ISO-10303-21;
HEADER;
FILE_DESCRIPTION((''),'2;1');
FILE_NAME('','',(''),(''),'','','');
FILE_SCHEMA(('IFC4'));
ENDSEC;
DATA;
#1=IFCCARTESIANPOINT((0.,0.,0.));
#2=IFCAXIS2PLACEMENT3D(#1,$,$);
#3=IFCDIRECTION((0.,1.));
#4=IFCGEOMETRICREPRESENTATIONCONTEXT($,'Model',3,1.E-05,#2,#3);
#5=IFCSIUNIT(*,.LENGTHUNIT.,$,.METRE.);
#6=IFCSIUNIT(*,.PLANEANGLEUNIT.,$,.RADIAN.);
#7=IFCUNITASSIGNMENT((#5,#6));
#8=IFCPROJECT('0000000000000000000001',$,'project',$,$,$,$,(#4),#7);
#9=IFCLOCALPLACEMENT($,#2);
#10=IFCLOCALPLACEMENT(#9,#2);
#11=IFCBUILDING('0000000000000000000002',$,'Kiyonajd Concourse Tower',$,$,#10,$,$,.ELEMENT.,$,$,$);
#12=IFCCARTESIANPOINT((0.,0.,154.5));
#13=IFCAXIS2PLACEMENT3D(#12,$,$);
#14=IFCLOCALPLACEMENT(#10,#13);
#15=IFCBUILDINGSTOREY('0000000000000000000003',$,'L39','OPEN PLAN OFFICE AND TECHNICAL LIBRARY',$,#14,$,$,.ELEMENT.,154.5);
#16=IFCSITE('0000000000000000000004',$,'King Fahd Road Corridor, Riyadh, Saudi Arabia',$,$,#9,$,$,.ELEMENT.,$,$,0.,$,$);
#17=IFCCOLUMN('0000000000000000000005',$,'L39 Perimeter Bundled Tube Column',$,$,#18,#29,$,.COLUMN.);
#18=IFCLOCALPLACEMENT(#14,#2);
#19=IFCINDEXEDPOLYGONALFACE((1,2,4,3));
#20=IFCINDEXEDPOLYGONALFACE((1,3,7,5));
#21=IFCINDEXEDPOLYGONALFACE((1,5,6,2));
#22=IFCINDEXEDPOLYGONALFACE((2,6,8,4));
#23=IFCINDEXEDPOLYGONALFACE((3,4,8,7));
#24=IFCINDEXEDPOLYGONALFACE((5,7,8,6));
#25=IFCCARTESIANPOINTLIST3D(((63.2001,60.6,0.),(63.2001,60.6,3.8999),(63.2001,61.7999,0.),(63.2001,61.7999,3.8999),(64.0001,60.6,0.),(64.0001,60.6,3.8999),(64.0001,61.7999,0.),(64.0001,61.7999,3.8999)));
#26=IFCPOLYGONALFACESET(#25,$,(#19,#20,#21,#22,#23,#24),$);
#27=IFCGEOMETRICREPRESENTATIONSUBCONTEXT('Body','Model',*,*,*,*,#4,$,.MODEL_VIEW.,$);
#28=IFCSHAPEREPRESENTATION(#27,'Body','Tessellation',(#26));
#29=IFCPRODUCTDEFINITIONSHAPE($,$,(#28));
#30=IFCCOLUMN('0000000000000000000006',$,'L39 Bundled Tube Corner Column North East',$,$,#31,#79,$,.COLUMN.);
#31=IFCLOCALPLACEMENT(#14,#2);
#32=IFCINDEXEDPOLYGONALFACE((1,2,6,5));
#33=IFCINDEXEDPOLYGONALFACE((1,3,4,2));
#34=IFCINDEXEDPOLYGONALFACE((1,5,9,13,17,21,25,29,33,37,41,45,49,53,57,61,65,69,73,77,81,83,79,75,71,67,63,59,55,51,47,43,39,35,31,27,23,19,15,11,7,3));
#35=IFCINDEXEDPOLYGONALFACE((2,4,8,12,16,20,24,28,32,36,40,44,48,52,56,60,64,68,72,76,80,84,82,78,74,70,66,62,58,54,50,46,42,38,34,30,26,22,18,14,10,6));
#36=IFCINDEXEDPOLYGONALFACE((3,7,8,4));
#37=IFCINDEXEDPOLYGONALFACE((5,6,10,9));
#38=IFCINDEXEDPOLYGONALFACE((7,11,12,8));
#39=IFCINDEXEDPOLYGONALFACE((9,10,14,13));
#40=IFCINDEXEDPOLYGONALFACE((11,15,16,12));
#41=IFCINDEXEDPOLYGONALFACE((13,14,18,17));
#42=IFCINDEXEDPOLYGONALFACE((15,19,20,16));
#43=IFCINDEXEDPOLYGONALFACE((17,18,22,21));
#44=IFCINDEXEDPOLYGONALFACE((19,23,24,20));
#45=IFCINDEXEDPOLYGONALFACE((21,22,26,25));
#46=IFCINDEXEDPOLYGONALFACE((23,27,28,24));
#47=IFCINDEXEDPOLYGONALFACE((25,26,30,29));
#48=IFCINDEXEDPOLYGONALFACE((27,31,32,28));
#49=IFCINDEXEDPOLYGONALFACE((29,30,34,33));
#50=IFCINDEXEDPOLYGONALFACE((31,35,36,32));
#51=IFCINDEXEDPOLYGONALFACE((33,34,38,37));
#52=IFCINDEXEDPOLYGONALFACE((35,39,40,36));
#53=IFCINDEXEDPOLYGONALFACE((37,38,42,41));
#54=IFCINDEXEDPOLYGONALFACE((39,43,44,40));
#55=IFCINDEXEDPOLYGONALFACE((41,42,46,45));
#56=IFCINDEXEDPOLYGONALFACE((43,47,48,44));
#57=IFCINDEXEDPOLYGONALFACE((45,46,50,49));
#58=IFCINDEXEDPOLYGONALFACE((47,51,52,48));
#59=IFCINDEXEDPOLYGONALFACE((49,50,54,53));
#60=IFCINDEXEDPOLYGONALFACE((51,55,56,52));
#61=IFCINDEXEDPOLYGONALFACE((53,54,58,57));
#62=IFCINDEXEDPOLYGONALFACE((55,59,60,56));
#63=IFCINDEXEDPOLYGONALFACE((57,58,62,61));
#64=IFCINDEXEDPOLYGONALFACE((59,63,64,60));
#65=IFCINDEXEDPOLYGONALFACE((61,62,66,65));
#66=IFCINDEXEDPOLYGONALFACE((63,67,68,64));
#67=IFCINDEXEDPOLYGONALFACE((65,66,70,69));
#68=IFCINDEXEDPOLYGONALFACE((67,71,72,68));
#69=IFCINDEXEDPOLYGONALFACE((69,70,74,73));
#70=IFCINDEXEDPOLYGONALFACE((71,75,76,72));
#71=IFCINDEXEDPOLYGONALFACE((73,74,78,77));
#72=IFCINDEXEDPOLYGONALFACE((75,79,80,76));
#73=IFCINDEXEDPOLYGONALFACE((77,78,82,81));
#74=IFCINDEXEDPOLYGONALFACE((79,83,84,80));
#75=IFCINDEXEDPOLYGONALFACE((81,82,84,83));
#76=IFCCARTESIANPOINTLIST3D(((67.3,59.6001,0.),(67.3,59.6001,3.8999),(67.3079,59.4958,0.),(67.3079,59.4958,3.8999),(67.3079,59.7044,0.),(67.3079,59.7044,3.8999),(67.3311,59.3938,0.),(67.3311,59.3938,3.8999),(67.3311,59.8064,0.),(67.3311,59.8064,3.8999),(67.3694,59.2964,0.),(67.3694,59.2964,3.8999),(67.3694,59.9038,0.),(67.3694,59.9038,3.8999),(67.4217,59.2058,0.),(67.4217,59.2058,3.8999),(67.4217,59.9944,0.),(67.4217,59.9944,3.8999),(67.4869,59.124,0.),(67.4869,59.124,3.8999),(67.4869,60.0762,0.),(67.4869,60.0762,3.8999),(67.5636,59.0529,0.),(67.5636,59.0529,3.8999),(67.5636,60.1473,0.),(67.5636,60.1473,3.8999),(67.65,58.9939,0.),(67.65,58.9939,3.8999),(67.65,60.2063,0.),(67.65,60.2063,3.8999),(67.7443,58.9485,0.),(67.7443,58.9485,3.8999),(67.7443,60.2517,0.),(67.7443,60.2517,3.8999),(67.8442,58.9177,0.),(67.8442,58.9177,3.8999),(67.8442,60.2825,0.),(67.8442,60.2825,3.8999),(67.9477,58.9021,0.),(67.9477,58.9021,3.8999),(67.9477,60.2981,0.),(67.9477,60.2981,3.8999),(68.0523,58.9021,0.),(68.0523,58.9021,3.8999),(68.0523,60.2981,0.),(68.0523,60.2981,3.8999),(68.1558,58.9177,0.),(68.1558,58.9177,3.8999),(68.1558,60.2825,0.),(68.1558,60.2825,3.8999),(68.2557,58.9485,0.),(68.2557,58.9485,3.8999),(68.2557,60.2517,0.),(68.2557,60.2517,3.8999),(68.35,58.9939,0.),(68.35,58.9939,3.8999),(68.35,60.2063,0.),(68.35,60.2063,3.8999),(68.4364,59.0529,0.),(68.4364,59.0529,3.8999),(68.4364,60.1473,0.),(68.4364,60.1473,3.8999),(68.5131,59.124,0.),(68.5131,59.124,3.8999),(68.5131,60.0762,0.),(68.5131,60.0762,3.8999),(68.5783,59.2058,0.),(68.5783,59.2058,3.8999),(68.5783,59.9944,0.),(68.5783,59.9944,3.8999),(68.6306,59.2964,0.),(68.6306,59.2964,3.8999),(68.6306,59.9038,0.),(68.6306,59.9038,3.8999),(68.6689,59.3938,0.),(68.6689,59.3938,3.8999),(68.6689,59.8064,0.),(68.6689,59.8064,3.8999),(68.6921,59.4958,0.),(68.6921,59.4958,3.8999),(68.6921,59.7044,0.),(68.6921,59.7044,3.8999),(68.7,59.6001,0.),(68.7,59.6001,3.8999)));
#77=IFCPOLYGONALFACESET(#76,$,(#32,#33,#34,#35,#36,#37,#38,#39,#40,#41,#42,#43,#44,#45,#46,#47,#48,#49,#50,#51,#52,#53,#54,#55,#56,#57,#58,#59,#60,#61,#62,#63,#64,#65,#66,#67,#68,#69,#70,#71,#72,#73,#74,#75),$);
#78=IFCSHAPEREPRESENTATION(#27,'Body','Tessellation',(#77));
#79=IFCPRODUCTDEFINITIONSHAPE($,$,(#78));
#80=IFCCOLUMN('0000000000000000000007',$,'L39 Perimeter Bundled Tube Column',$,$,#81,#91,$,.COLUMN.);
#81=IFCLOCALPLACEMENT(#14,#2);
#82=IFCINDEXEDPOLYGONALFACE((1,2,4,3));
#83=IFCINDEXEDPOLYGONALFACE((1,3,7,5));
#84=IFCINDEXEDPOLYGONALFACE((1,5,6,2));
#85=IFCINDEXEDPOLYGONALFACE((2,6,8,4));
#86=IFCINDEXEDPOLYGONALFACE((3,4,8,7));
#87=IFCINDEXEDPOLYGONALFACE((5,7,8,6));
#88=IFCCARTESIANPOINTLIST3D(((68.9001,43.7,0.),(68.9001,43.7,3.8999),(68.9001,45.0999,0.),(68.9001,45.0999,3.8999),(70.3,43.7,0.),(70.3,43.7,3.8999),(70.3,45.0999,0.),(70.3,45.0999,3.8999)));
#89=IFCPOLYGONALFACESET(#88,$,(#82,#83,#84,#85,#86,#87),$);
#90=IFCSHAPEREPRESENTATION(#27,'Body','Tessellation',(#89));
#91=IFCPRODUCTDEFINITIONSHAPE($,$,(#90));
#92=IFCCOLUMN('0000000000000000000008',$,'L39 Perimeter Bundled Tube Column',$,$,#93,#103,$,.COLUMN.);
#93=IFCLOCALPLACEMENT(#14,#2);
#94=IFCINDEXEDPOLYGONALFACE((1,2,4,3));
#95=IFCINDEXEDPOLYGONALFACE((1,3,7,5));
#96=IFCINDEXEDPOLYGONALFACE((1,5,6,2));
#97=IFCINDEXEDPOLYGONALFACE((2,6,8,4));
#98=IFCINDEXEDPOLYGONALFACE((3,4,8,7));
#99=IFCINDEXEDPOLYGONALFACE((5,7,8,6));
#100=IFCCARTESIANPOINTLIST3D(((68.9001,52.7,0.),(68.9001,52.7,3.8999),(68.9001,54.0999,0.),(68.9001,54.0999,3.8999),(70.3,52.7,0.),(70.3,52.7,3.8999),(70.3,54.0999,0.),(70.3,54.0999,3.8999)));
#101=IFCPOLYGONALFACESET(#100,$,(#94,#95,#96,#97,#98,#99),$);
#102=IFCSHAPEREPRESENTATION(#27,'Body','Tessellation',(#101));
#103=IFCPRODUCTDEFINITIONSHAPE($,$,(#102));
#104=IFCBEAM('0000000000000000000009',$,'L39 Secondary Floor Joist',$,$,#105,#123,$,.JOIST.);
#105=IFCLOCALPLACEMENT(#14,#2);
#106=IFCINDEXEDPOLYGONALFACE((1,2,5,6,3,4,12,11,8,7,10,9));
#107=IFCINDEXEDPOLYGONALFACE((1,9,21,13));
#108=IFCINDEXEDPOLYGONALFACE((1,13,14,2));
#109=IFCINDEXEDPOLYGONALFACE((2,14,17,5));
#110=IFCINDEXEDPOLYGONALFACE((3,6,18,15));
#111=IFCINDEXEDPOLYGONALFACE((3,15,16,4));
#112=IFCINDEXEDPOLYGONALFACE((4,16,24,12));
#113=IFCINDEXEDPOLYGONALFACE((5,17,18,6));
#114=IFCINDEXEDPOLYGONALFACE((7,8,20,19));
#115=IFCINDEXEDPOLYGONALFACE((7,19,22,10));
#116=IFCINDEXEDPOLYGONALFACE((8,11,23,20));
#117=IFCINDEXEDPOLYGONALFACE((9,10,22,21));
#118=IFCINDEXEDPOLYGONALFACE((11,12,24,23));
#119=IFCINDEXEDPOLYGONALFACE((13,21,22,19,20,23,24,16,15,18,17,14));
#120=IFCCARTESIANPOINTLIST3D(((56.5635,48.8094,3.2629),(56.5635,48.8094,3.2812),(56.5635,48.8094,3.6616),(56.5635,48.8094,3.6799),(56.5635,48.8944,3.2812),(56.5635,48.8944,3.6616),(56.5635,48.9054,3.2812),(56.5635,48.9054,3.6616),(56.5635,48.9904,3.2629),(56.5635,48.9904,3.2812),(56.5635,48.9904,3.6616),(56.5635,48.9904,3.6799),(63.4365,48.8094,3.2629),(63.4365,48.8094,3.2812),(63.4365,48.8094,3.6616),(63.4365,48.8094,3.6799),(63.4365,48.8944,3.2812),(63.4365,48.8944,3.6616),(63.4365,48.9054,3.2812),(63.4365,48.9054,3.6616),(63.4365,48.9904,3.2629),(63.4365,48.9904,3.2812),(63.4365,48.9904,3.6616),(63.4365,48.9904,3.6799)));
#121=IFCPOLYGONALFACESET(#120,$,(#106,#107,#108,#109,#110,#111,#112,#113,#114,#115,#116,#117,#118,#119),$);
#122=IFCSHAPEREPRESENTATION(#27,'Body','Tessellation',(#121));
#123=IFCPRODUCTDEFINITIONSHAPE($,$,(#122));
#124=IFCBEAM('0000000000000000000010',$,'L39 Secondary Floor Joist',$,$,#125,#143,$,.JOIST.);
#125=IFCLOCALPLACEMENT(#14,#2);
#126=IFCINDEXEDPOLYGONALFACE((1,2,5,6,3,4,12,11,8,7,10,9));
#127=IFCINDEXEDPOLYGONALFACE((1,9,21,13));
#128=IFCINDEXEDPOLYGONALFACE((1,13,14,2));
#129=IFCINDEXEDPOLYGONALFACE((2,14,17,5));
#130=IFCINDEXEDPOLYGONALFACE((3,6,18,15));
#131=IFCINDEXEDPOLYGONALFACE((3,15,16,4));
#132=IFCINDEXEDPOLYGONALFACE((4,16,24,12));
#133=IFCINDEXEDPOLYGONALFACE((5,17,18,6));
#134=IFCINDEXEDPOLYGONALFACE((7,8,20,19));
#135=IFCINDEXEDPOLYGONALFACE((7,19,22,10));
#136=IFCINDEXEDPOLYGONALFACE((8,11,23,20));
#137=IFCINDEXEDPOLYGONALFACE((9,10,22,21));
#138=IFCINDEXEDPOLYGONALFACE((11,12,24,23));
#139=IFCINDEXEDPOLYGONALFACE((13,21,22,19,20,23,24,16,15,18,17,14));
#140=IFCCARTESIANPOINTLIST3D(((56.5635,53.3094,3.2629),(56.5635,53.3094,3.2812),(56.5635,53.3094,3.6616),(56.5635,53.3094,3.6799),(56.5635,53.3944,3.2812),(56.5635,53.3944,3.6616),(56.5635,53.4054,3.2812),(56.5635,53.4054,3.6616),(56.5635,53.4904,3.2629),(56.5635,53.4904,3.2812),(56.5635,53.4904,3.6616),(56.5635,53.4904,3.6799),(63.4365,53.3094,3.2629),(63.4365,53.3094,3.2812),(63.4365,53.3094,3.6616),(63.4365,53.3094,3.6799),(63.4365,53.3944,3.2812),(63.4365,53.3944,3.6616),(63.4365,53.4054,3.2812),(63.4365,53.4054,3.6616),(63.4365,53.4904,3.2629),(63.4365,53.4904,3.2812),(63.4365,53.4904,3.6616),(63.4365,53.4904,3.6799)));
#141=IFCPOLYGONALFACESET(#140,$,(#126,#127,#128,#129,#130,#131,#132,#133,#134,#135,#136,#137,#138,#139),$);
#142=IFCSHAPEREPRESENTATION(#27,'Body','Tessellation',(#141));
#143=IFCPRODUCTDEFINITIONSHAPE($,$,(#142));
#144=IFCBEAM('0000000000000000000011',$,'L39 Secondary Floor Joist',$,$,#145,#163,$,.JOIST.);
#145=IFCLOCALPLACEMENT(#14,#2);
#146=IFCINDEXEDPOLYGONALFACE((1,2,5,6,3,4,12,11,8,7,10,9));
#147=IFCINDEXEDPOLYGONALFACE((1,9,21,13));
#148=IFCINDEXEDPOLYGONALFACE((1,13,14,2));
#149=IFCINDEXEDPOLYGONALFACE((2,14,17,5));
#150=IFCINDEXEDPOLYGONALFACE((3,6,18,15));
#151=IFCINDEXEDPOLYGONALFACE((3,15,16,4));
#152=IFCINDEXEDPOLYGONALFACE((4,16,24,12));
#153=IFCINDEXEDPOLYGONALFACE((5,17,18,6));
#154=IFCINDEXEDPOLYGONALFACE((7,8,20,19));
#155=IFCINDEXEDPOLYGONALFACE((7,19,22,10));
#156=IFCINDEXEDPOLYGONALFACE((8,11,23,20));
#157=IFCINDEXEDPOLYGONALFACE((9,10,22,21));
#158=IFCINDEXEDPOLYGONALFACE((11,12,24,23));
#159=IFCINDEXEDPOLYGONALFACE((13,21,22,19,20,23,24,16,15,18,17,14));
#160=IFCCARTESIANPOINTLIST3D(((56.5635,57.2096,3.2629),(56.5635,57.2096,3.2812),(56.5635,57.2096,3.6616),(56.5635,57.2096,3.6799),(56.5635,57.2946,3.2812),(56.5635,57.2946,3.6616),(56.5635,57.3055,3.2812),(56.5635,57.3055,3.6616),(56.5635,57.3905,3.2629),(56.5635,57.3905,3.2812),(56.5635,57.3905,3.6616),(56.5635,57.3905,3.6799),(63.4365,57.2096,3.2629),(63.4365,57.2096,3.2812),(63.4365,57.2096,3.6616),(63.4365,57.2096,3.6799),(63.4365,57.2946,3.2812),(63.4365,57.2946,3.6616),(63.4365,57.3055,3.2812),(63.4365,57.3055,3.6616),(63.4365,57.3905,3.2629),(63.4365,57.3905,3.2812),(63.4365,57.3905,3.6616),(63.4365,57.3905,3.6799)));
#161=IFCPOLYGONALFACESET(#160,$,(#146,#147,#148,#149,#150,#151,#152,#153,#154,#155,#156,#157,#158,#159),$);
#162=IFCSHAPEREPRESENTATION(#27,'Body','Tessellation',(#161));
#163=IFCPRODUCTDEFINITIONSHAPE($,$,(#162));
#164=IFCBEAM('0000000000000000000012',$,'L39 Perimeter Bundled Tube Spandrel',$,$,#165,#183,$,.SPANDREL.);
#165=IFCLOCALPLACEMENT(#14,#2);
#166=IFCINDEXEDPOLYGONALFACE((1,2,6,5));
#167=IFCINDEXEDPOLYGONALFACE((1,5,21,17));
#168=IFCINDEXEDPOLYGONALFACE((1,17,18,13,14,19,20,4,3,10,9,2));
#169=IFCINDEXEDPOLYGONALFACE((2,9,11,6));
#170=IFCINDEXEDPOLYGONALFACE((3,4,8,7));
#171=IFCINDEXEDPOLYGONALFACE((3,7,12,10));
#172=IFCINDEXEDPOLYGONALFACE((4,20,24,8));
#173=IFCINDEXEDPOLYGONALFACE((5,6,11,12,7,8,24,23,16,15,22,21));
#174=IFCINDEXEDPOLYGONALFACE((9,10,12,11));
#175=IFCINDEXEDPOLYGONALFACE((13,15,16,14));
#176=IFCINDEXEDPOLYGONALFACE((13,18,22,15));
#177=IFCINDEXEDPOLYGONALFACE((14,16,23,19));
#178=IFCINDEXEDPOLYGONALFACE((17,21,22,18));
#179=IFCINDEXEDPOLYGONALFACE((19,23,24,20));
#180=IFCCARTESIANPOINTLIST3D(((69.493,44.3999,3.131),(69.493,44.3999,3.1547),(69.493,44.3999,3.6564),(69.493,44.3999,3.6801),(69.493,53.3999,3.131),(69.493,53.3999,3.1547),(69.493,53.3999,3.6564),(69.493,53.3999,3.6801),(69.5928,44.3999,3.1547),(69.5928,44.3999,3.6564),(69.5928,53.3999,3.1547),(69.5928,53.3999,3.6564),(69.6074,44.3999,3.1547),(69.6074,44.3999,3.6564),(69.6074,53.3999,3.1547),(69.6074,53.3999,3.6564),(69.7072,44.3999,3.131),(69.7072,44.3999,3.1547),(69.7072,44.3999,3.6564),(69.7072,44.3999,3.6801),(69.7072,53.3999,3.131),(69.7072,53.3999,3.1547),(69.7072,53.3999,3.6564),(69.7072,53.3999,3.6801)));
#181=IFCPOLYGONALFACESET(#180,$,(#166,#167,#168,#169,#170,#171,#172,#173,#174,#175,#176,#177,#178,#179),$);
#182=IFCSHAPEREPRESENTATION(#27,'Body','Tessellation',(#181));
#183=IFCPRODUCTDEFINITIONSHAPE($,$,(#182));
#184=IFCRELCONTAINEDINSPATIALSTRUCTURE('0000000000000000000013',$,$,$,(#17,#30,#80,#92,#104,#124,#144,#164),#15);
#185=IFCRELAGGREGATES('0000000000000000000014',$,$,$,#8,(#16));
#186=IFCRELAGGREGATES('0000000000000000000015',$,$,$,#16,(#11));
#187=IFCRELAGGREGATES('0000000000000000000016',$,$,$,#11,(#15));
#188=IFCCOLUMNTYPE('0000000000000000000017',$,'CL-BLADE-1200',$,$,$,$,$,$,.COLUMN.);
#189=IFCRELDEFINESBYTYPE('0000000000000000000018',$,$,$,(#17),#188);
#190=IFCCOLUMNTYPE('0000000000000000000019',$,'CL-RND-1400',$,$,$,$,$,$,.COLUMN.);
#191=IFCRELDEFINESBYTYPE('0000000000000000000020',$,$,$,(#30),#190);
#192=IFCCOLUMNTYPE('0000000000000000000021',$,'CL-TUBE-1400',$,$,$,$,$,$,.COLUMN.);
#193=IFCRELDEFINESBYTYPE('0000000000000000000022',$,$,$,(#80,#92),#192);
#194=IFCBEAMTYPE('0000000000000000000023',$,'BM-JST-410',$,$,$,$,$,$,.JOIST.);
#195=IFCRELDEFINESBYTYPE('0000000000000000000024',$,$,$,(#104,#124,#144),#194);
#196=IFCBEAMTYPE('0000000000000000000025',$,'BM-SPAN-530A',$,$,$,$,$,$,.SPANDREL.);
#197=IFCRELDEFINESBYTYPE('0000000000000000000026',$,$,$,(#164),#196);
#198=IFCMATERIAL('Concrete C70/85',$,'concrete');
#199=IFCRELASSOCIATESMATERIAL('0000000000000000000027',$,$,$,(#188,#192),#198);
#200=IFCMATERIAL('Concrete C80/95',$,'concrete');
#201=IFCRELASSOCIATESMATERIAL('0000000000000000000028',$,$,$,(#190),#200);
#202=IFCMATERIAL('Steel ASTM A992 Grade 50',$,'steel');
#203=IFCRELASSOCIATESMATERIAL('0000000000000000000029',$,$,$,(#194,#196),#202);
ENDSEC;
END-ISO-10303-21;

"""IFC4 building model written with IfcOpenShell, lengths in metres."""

from ifc_helpers import new_model, si_unit, direction, frame, origin, origin_2d, place, context, subcontext, project, spatial, rectangle, circle, i_section, extrude, material, material_profile, profile_set, type_object, element, save


model = new_model("IFC4")

# Units and contexts
model_context = context("Model", 3, precision=1e-05, world=origin(), true_north=direction((0.0, 1.0)))
body_context = subcontext(model_context, "Body", "Model", "MODEL_VIEW")
ifc_project = project(units=[si_unit("LENGTHUNIT", "METRE"), si_unit("PLANEANGLEUNIT", "RADIAN")], contexts=[model_context])

# Site, building, storey
site_placement = place(None, origin())
site = spatial("IfcSite", under=ifc_project, at=site_placement, Name="King Fahd Road Corridor, Riyadh, Saudi Arabia", CompositionType="ELEMENT", RefElevation=0.0)
building_placement = place(site_placement, origin())
building = spatial("IfcBuilding", under=site, at=building_placement, Name="Kiyonajd Concourse Tower", CompositionType="ELEMENT")
storey_placement = place(building_placement, frame((0.0, 0.0, 154.5)))
storey = spatial("IfcBuildingStorey", under=building, at=storey_placement, Name="L39", Description="OPEN PLAN OFFICE AND TECHNICAL LIBRARY", CompositionType="ELEMENT", Elevation=154.5)

# Columns
ifc_material_1 = material(Name="Concrete C70/85", Category="concrete")
ifc_material_profile_1 = material_profile(ifc_material_1, rectangle(XDim=0.8, YDim=1.2, at=origin_2d()), Name="RC-1200x800")
ifc_profile_set_1 = profile_set([ifc_material_profile_1], Name="Concrete C70/85")
column_type_1 = type_object("IfcColumnType", Name="CL-BLADE-1200", PredefinedType="COLUMN", material=ifc_profile_set_1)
column_1_placement = place(storey_placement, frame((63.6001, 61.2, 0.0), z_axis=(0.0, 0.0, 1.0), x_axis=(1.0, 0.0, 0.0)))
element("IfcColumn", 1, at=column_1_placement, inside=storey, type_object=column_type_1, Name="L39 Perimeter Bundled Tube Column", PredefinedType="COLUMN", context=body_context, shape_type="SweptSolid", body=[
    extrude(rectangle(XDim=0.8, YDim=1.2, at=origin_2d()), origin(), (0.0, 0.0, 1.0), 3.8999),
])
ifc_material_2 = material(Name="Concrete C80/95", Category="concrete")
ifc_material_profile_2 = material_profile(ifc_material_2, circle(Radius=0.7, at=origin_2d()), Name="RCC-D1400")
ifc_profile_set_2 = profile_set([ifc_material_profile_2], Name="Concrete C80/95")
column_type_2 = type_object("IfcColumnType", Name="CL-RND-1400", PredefinedType="COLUMN", material=ifc_profile_set_2)
column_2_placement = place(storey_placement, frame((68.0, 59.6001, 0.0), z_axis=(0.0, 0.0, 1.0), x_axis=(1.0, 0.0, 0.0)))
element("IfcColumn", 2, at=column_2_placement, inside=storey, type_object=column_type_2, Name="L39 Bundled Tube Corner Column North East", PredefinedType="COLUMN", context=body_context, shape_type="SweptSolid", body=[
    extrude(circle(Radius=0.7, at=origin_2d()), origin(), (0.0, 0.0, 1.0), 3.8999),
])
ifc_material_profile_3 = material_profile(ifc_material_1, rectangle(XDim=1.3999, YDim=1.3999, at=origin_2d()), Name="RC-1400x1400")
ifc_profile_set_3 = profile_set([ifc_material_profile_3], Name="Concrete C70/85")
column_type_3 = type_object("IfcColumnType", Name="CL-TUBE-1400", PredefinedType="COLUMN", material=ifc_profile_set_3)
for number, where, z_axis, x_axis, name in (
    (3, (69.6001, 44.3999, 0.0), (0.0, 0.0, 1.0), (1.0, 0.0, 0.0), "L39 Perimeter Bundled Tube Column"),
    (4, (69.6001, 53.3999, 0.0), (0.0, 0.0, 1.0), (1.0, 0.0, 0.0), "L39 Perimeter Bundled Tube Column"),
):
    element("IfcColumn", number, at=place(storey_placement, frame(where, z_axis=z_axis, x_axis=x_axis)), inside=storey, type_object=column_type_3, Name=name, PredefinedType="COLUMN", context=body_context, shape_type="SweptSolid", body=[
        extrude(rectangle(XDim=1.3999, YDim=1.3999, at=origin_2d()), origin(), (0.0, 0.0, 1.0), 3.8999),
    ])

# Beams
ifc_material_3 = material(Name="Steel ASTM A992 Grade 50", Category="steel")
ifc_material_profile_4 = material_profile(ifc_material_3, i_section(OverallWidth=0.1809, OverallDepth=0.417, WebThickness=0.011, FlangeThickness=0.0183, at=origin_2d()), Name="W410X85")
ifc_profile_set_4 = profile_set([ifc_material_profile_4], Name="Steel ASTM A992 Grade 50")
beam_type_1 = type_object("IfcBeamType", Name="BM-JST-410", PredefinedType="JOIST", material=ifc_profile_set_4)
for number, where, z_axis, x_axis, name in (
    (5, (56.5635, 48.8999, 3.4714), (1.0, 0.0, 0.0), (0.0, 1.0, 0.0), "L39 Secondary Floor Joist"),
    (6, (56.5635, 53.3999, 3.4714), (1.0, 0.0, 0.0), (0.0, 1.0, 0.0), "L39 Secondary Floor Joist"),
    (7, (56.5635, 57.3, 3.4714), (1.0, 0.0, 0.0), (0.0, 1.0, 0.0), "L39 Secondary Floor Joist"),
):
    element("IfcBeam", number, at=place(storey_placement, frame(where, z_axis=z_axis, x_axis=x_axis)), inside=storey, type_object=beam_type_1, Name=name, PredefinedType="JOIST", context=body_context, shape_type="SweptSolid", body=[
        extrude(i_section(OverallWidth=0.1809, OverallDepth=0.417, WebThickness=0.011, FlangeThickness=0.0183, at=origin_2d()), origin(), (0.0, 0.0, 1.0), 6.873),
    ])
ifc_material_profile_5 = material_profile(ifc_material_3, i_section(OverallWidth=0.2141, OverallDepth=0.5491, WebThickness=0.0146, FlangeThickness=0.0237, at=origin_2d()), Name="W530X138")
ifc_profile_set_5 = profile_set([ifc_material_profile_5], Name="Steel ASTM A992 Grade 50")
beam_type_2 = type_object("IfcBeamType", Name="BM-SPAN-530A", PredefinedType="SPANDREL", material=ifc_profile_set_5)
beam_1_placement = place(storey_placement, frame((69.6001, 44.3999, 3.4055), z_axis=(0.0, 1.0, 0.0), x_axis=(-1.0, 0.0, 0.0)))
element("IfcBeam", 8, at=beam_1_placement, inside=storey, type_object=beam_type_2, Name="L39 Perimeter Bundled Tube Spandrel", PredefinedType="SPANDREL", context=body_context, shape_type="SweptSolid", body=[
    extrude(i_section(OverallWidth=0.2141, OverallDepth=0.5491, WebThickness=0.0146, FlangeThickness=0.0237, at=origin_2d()), origin(), (0.0, 0.0, 1.0), 9.0),
])

save(model, "model.ifc")
